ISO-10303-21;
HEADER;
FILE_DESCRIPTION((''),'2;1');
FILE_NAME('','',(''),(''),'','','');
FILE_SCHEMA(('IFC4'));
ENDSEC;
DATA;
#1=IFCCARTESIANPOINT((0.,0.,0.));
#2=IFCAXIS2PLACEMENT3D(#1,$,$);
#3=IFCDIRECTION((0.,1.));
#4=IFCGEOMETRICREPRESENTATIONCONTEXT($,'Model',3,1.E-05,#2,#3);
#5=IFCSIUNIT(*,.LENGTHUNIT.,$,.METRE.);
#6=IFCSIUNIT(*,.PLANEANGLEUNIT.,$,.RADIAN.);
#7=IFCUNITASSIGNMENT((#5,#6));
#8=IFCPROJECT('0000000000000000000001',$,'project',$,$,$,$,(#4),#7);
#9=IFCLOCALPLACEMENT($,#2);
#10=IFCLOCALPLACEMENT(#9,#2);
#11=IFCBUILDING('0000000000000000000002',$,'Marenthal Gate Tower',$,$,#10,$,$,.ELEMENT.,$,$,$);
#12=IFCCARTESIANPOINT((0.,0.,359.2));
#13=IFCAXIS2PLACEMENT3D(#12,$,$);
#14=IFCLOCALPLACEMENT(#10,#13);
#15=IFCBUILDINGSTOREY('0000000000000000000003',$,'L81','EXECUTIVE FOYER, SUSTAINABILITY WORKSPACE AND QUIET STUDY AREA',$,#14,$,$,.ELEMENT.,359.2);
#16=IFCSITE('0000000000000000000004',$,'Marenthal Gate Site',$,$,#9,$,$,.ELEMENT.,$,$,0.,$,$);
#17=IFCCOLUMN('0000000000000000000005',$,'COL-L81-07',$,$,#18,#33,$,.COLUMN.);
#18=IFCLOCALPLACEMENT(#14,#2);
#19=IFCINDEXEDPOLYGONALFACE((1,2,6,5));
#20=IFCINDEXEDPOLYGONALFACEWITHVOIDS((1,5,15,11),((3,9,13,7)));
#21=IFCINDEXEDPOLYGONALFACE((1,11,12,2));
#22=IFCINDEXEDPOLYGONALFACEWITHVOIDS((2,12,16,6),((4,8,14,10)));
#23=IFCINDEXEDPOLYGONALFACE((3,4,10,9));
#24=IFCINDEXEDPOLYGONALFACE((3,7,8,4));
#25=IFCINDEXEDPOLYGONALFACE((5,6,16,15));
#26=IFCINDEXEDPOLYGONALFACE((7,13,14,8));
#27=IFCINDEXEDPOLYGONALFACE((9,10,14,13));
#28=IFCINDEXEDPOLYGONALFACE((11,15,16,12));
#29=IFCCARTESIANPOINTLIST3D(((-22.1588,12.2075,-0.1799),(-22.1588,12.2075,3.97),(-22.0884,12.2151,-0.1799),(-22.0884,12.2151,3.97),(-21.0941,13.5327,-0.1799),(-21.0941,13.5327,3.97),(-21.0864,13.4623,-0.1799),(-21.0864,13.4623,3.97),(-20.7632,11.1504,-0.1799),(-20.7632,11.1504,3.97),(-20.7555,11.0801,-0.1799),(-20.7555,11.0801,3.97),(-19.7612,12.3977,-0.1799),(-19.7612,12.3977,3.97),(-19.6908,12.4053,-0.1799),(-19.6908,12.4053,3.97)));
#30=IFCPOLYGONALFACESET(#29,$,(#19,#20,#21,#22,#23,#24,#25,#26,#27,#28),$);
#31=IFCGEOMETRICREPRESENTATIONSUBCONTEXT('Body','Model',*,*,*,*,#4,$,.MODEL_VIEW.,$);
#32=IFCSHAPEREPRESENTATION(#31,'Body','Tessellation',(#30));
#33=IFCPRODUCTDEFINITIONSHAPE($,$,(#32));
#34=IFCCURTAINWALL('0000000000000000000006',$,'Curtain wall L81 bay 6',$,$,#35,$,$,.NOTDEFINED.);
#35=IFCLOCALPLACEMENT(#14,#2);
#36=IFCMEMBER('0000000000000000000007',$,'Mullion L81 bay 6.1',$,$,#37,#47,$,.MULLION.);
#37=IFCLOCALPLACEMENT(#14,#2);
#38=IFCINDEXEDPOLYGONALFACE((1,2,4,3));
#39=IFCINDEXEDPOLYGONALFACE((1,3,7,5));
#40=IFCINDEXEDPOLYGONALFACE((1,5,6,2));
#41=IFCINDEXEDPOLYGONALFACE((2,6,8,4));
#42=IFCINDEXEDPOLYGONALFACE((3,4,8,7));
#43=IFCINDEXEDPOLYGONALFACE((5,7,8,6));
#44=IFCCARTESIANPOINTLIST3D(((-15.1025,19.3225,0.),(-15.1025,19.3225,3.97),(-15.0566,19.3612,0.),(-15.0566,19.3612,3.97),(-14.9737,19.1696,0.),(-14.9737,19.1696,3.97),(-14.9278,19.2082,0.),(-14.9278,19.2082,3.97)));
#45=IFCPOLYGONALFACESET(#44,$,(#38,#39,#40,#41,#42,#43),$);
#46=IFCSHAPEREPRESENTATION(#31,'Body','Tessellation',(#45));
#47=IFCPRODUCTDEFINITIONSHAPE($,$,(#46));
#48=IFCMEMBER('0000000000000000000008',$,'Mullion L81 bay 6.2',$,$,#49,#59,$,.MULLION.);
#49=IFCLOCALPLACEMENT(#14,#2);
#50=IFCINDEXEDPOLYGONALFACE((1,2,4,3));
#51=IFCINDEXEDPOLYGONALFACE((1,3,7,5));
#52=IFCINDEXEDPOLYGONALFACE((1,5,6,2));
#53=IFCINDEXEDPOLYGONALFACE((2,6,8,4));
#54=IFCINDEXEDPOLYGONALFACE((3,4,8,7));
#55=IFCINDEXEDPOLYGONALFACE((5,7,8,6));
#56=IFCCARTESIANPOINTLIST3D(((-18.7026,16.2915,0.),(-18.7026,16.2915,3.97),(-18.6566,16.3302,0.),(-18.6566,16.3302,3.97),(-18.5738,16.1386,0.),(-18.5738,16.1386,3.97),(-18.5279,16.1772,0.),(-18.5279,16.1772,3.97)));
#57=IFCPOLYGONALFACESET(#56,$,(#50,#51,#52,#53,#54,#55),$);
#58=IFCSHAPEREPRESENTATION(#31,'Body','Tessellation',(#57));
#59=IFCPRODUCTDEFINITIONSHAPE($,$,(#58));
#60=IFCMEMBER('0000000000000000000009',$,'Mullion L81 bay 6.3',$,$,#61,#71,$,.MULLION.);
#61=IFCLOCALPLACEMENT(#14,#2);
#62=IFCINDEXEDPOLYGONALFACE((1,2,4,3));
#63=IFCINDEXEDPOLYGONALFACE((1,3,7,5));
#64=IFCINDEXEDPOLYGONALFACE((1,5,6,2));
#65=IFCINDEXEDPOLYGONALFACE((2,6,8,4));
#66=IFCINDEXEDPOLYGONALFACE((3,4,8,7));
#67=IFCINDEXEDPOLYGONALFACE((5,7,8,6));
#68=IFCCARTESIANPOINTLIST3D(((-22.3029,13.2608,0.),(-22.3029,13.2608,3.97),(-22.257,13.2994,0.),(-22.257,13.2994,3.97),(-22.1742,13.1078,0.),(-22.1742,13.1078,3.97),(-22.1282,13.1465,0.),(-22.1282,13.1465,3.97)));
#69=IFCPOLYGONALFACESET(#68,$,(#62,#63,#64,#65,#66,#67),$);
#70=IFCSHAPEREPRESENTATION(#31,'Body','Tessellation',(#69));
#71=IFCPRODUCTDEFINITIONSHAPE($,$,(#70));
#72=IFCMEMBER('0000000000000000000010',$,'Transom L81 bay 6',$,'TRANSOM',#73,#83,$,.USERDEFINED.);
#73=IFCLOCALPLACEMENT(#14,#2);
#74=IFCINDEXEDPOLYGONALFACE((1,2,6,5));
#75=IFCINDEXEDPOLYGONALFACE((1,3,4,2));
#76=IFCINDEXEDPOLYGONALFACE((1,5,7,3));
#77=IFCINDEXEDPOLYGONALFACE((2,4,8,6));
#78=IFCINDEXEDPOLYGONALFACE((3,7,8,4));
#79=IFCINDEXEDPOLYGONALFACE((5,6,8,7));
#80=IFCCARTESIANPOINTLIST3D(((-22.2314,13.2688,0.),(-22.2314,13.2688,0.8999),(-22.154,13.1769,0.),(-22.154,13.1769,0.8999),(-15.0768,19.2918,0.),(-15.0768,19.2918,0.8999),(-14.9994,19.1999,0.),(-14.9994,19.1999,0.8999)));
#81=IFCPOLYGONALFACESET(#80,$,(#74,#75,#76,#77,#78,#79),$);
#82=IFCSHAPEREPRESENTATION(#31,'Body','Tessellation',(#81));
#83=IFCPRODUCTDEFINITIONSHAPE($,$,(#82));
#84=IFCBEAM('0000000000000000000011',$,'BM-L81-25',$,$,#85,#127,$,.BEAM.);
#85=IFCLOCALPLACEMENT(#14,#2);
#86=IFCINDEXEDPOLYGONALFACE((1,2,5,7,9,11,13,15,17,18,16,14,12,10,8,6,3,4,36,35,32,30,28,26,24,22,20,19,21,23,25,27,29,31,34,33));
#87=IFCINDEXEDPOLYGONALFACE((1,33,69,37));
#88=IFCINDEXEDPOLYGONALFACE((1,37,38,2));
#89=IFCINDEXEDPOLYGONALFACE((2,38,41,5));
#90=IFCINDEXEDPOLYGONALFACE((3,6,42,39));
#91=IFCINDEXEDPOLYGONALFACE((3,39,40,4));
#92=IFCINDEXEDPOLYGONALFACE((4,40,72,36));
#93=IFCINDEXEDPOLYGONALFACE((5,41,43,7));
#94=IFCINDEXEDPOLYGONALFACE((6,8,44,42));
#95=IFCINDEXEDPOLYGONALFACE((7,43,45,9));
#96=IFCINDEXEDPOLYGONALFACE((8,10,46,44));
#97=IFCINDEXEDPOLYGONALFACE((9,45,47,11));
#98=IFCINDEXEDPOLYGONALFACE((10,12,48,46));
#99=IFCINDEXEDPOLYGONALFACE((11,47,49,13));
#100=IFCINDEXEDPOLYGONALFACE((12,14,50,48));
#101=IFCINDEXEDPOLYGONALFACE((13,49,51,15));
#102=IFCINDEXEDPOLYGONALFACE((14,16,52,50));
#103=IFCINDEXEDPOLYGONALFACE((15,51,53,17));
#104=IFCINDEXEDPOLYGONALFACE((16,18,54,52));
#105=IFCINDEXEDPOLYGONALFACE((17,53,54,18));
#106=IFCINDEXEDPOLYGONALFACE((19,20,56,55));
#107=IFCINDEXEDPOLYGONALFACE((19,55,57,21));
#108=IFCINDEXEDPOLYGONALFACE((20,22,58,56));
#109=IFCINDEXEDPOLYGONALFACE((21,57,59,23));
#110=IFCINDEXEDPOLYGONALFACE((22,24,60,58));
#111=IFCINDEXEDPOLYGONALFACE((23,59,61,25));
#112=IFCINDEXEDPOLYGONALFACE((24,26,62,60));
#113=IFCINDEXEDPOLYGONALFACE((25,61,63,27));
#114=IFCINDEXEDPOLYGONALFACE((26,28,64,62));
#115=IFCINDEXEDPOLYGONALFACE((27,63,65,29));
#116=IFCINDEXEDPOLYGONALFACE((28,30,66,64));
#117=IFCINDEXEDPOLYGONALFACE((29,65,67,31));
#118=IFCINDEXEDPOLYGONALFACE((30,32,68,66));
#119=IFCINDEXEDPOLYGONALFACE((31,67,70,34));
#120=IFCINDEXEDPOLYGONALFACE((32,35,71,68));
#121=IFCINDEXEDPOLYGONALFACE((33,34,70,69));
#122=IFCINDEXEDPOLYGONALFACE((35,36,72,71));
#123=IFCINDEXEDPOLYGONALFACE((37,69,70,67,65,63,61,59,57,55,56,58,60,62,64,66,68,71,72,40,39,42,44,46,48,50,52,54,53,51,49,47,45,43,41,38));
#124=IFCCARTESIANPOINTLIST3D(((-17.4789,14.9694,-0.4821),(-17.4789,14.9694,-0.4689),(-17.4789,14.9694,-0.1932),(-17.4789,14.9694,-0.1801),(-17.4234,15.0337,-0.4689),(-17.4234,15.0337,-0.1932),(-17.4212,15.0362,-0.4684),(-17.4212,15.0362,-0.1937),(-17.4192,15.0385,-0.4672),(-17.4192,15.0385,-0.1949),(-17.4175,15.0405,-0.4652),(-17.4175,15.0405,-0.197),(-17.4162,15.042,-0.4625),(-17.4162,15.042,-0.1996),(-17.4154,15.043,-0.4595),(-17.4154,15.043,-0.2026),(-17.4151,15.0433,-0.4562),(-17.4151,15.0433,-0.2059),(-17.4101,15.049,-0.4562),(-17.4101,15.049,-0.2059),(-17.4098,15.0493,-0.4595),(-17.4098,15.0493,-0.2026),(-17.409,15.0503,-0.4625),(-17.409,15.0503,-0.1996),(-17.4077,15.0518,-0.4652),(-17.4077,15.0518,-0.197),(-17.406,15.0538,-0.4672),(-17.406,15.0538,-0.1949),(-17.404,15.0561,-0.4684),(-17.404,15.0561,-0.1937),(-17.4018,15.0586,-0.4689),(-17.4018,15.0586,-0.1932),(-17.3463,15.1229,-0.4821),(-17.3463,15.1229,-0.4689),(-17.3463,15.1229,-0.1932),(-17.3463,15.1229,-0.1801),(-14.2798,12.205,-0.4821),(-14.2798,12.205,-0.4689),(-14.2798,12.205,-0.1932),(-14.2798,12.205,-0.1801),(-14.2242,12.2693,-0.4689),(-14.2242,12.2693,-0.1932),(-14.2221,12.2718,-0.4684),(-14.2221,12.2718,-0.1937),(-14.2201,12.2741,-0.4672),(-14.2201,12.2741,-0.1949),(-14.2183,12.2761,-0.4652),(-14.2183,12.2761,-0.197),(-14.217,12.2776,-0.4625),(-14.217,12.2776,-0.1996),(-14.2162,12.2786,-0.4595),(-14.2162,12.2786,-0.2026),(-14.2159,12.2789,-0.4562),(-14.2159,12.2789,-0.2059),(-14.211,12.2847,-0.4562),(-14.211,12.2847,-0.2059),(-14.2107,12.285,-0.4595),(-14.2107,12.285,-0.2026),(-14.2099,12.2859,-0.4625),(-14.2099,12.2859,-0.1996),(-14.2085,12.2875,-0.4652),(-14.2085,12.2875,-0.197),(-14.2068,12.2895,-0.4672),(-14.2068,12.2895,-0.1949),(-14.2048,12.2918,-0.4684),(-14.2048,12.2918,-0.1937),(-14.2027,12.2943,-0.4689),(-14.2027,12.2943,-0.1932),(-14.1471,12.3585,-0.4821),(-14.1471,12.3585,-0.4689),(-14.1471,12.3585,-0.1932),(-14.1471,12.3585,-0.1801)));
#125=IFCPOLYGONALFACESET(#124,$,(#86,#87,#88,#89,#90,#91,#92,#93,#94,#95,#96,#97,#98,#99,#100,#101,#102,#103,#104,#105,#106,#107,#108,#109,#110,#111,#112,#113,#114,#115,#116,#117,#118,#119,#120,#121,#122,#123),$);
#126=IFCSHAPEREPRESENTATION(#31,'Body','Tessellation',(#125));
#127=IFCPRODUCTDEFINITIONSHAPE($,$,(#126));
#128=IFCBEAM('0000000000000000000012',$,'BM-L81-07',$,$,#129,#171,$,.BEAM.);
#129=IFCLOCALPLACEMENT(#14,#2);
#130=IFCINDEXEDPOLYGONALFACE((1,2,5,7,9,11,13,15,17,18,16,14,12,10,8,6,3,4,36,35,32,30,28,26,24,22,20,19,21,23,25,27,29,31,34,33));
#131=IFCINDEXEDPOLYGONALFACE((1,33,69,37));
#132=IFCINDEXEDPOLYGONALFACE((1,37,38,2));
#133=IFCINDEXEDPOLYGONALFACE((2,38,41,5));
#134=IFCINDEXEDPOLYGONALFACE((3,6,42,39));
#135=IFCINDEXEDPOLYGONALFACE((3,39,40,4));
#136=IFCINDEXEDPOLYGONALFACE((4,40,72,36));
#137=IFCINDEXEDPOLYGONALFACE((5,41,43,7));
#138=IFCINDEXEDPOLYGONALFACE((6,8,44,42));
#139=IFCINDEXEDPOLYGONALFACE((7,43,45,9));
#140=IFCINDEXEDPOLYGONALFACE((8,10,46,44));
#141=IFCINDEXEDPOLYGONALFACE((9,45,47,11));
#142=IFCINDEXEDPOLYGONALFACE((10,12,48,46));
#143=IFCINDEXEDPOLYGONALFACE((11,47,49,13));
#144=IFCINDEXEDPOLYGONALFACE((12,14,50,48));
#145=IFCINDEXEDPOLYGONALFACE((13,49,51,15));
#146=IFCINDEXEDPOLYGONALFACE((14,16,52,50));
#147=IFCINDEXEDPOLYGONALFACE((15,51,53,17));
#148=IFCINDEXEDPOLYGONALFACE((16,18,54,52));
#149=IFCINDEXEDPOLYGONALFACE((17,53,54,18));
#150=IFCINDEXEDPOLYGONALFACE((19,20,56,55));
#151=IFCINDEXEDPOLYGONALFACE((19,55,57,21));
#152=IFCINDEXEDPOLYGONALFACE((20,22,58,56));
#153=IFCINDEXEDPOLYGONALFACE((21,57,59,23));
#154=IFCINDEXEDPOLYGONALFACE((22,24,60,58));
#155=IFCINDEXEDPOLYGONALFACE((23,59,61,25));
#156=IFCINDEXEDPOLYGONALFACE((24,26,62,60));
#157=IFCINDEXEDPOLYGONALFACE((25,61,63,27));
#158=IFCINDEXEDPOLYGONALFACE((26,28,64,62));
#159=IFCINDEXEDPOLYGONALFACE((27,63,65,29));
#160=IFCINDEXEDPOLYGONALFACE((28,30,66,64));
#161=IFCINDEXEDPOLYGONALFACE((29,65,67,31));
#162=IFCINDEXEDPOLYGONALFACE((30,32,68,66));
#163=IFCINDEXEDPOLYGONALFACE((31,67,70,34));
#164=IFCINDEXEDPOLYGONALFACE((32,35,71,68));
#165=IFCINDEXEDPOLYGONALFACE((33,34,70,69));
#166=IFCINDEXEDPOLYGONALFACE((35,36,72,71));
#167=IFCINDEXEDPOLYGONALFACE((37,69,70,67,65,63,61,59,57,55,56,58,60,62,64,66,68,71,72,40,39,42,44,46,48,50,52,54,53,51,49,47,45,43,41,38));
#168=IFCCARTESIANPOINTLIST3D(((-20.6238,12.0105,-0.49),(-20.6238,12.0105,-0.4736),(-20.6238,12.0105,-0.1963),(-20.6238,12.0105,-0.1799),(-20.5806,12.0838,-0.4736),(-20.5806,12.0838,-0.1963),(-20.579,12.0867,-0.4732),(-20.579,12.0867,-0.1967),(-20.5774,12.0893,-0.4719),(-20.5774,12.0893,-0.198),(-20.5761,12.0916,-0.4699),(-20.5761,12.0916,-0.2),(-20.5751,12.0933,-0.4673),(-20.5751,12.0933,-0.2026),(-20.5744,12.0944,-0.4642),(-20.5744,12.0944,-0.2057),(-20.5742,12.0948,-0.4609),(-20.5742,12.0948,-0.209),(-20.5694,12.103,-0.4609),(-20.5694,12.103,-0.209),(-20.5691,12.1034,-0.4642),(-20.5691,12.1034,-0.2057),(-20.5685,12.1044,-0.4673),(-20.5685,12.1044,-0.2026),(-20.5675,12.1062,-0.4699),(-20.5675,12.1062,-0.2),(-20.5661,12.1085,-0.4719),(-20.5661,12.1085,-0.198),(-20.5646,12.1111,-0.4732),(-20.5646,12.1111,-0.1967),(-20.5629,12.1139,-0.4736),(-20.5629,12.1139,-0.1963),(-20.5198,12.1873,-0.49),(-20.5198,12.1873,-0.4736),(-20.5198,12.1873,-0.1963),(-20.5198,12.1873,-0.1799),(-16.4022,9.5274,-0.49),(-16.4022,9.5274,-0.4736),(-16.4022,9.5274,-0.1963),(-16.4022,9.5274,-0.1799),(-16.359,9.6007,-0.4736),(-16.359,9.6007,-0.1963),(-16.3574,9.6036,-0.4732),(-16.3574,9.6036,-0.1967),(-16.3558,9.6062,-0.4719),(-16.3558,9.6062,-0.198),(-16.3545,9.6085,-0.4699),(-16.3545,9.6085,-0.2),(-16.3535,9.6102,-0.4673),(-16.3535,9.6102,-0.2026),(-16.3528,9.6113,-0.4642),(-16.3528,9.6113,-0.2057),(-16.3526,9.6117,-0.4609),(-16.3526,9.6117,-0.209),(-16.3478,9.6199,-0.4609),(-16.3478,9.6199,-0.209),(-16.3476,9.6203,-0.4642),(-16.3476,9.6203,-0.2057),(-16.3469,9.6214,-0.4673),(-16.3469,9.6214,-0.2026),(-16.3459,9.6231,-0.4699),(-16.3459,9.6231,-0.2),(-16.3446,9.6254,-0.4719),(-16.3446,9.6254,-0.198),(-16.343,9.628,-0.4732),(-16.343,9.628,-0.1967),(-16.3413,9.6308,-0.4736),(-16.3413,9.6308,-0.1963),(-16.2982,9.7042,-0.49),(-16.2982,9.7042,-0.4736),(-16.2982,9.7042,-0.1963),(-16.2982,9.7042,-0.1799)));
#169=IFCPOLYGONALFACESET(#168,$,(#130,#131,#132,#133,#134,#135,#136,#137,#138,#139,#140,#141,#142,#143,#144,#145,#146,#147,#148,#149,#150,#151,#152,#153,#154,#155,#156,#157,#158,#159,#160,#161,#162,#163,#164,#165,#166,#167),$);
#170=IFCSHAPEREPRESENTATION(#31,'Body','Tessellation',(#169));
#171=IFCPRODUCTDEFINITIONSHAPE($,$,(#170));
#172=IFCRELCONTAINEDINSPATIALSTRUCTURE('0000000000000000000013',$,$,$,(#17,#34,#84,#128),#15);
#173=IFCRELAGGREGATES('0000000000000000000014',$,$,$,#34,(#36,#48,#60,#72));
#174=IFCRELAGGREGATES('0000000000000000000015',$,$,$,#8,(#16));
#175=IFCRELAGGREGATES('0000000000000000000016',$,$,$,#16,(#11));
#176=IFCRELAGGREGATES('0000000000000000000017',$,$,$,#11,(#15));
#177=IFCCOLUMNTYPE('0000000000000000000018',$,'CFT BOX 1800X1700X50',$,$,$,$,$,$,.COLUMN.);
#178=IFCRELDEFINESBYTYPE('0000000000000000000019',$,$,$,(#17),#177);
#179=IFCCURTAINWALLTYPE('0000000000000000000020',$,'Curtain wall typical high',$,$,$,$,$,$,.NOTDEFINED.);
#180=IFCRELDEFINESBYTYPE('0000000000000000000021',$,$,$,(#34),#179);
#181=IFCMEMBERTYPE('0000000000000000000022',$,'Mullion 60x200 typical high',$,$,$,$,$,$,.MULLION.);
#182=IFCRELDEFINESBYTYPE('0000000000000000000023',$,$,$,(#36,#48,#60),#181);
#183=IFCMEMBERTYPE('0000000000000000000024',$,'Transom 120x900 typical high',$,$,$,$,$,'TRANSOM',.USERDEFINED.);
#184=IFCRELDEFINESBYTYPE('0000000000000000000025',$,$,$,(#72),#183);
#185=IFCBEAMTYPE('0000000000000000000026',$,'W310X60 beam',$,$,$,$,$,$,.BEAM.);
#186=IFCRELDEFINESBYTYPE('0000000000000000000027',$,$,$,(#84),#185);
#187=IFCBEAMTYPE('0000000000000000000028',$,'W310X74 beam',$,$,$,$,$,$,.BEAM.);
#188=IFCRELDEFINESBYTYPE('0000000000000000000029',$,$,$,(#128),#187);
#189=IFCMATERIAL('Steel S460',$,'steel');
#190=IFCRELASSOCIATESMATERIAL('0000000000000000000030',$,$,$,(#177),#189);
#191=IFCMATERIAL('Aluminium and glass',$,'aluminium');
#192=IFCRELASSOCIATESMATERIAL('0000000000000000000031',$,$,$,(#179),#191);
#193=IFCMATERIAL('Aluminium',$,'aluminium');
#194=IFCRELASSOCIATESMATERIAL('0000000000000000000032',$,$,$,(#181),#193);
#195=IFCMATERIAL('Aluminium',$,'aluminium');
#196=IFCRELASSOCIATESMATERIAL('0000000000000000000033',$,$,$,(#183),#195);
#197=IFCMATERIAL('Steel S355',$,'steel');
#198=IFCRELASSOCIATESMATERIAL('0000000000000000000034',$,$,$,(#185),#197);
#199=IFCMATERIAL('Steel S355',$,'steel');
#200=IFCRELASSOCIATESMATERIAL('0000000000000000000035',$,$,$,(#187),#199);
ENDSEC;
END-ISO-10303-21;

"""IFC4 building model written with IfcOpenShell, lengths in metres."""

from ifc_helpers import new_model, si_unit, direction, frame, origin, origin_2d, place, context, subcontext, project, spatial, rectangle, hollow_rectangle, i_section, extrude, material, material_profile, profile_set, type_object, element, aggregate, save


model = new_model("IFC4")

# Units and contexts
model_context = context("Model", 3, precision=1e-05, world=origin(), true_north=direction((0.0, 1.0)))
body_context = subcontext(model_context, "Body", "Model", "MODEL_VIEW")
ifc_project = project(units=[si_unit("LENGTHUNIT", "METRE"), si_unit("PLANEANGLEUNIT", "RADIAN")], contexts=[model_context])

# Site, building, storey
site_placement = place(None, origin())
site = spatial("IfcSite", under=ifc_project, at=site_placement, Name="Marenthal Gate Site", CompositionType="ELEMENT", RefElevation=0.0)
building_placement = place(site_placement, origin())
building = spatial("IfcBuilding", under=site, at=building_placement, Name="Marenthal Gate Tower", CompositionType="ELEMENT")
storey_placement = place(building_placement, frame((0.0, 0.0, 359.2)))
storey = spatial("IfcBuildingStorey", under=building, at=storey_placement, Name="L81", Description="EXECUTIVE FOYER, SUSTAINABILITY WORKSPACE AND QUIET STUDY AREA", CompositionType="ELEMENT", Elevation=359.2)

# Column
ifc_material_1 = material(Name="Steel S460", Category="steel")
ifc_material_profile_1 = material_profile(ifc_material_1, hollow_rectangle(XDim=1.7, YDim=1.8, WallThickness=0.05, at=origin_2d()), Name="CFT BOX 1800X1700X50")
ifc_material_2 = material(Name="Concrete 70 MPa", Category="concrete")
ifc_material_profile_2 = material_profile(ifc_material_2, rectangle(XDim=1.6001, YDim=1.7, at=origin_2d()), Name="CFT BOX 1800X1700X50 INFILL")
ifc_profile_set_1 = profile_set([ifc_material_profile_1, ifc_material_profile_2], Name="Steel S460 shell, Concrete 70 MPa infill")
column_type = type_object("IfcColumnType", Name="CFT BOX 1800X1700X50", PredefinedType="COLUMN", material=ifc_profile_set_1)
column_placement = place(storey_placement, frame((-20.9248, 12.3064, -0.1799), z_axis=(0.0, 0.0, 1.0), x_axis=(0.626296, 0.779585, 0.0)))
element("IfcColumn", 1, at=column_placement, inside=storey, type_object=column_type, Name="COL-L81-07", PredefinedType="COLUMN", context=body_context, shape_type="SweptSolid", body=[
    extrude(hollow_rectangle(XDim=1.7, YDim=1.8, WallThickness=0.05, at=origin_2d()), origin(), (0.0, 0.0, 1.0), 4.1499),
])

# Curtain wall, members
ifc_material_3 = material(Name="Aluminium and glass", Category="aluminium")
curtain_wall_type = type_object("IfcCurtainWallType", Name="Curtain wall typical high", PredefinedType="NOTDEFINED", material=ifc_material_3)
curtain_wall_placement = place(storey_placement, origin())
curtain_wall = element("IfcCurtainWall", 2, at=curtain_wall_placement, inside=storey, type_object=curtain_wall_type, Name="Curtain wall L81 bay 6", PredefinedType="NOTDEFINED")
ifc_material_4 = material(Name="Aluminium", Category="aluminium")
ifc_material_profile_3 = material_profile(ifc_material_4, rectangle(XDim=0.2, YDim=0.0601, at=origin_2d()), Name="60x200 aluminium mullion")
ifc_profile_set_2 = profile_set([ifc_material_profile_3], Name="Aluminium")
member_type_1 = type_object("IfcMemberType", Name="Mullion 60x200 typical high", PredefinedType="MULLION", material=ifc_profile_set_2)
member_1_placement = place(storey_placement, frame((-15.0151, 19.2654, 0.0), z_axis=(0.0, 0.0, 1.0), x_axis=(0.644023, -0.765006, 0.0)))
member_1 = element("IfcMember", 3, at=member_1_placement, type_object=member_type_1, Name="Mullion L81 bay 6.1", PredefinedType="MULLION", context=body_context, shape_type="SweptSolid", body=[
    extrude(rectangle(XDim=0.2, YDim=0.0601, at=origin_2d()), origin(), (0.0, 0.0, 1.0), 3.97),
])
member_2_placement = place(storey_placement, frame((-18.6152, 16.2344, 0.0), z_axis=(0.0, 0.0, 1.0), x_axis=(0.644023, -0.765006, 0.0)))
member_2 = element("IfcMember", 4, at=member_2_placement, type_object=member_type_1, Name="Mullion L81 bay 6.2", PredefinedType="MULLION", context=body_context, shape_type="SweptSolid", body=[
    extrude(rectangle(XDim=0.2, YDim=0.0601, at=origin_2d()), origin(), (0.0, 0.0, 1.0), 3.97),
])
member_3_placement = place(storey_placement, frame((-22.2156, 13.2036, 0.0), z_axis=(0.0, 0.0, 1.0), x_axis=(0.644023, -0.765006, 0.0)))
member_3 = element("IfcMember", 5, at=member_3_placement, type_object=member_type_1, Name="Mullion L81 bay 6.3", PredefinedType="MULLION", context=body_context, shape_type="SweptSolid", body=[
    extrude(rectangle(XDim=0.2, YDim=0.0601, at=origin_2d()), origin(), (0.0, 0.0, 1.0), 3.97),
])
ifc_material_5 = material(Name="Aluminium", Category="aluminium")
ifc_material_profile_4 = material_profile(ifc_material_5, rectangle(XDim=0.1201, YDim=0.8999, at=origin_2d()), Name="120x900 aluminium transom")
ifc_profile_set_3 = profile_set([ifc_material_profile_4], Name="Aluminium")
member_type_2 = type_object("IfcMemberType", Name="Transom 120x900 typical high", ElementType="TRANSOM", PredefinedType="USERDEFINED", material=ifc_profile_set_3)
member_4_placement = place(storey_placement, frame((-15.0381, 19.2458, 0.45), z_axis=(-0.765013, -0.644015, 0.0), x_axis=(0.644015, -0.765013, 0.0)))
member_4 = element("IfcMember", 6, at=member_4_placement, type_object=member_type_2, Name="Transom L81 bay 6", ObjectType="TRANSOM", PredefinedType="USERDEFINED", context=body_context, shape_type="SweptSolid", body=[
    extrude(rectangle(XDim=0.1201, YDim=0.8999, at=origin_2d()), origin(), (0.0, 0.0, 1.0), 9.3523),
])

# Beams
ifc_material_6 = material(Name="Steel S355", Category="steel")
ifc_material_profile_5 = material_profile(ifc_material_6, i_section(OverallWidth=0.2029, OverallDepth=0.302, WebThickness=0.0076, FlangeThickness=0.0132, FilletRadius=0.0127, at=origin_2d()), Name="W310X60")
ifc_profile_set_4 = profile_set([ifc_material_profile_5], Name="Steel S355")
beam_type_1 = type_object("IfcBeamType", Name="W310X60 beam", PredefinedType="BEAM", material=ifc_profile_set_4)
beam_1_placement = place(storey_placement, frame((-17.4126, 15.0461, -0.3311), z_axis=(0.756654, -0.653815, 0.0), x_axis=(0.653815, 0.756654, 0.0)))
element("IfcBeam", 7, at=beam_1_placement, inside=storey, type_object=beam_type_1, Name="BM-L81-25", PredefinedType="BEAM", context=body_context, shape_type="SweptSolid", body=[
    extrude(i_section(OverallWidth=0.2029, OverallDepth=0.302, WebThickness=0.0076, FlangeThickness=0.0132, FilletRadius=0.0127, at=origin_2d()), origin(), (0.0, 0.0, 1.0), 4.228),
])
ifc_material_7 = material(Name="Steel S355", Category="steel")
ifc_material_profile_6 = material_profile(ifc_material_7, i_section(OverallWidth=0.2051, OverallDepth=0.3101, WebThickness=0.0095, FlangeThickness=0.0164, FilletRadius=0.0127, at=origin_2d()), Name="W310X74")
ifc_profile_set_5 = profile_set([ifc_material_profile_6], Name="Steel S355")
beam_type_2 = type_object("IfcBeamType", Name="W310X74 beam", PredefinedType="BEAM", material=ifc_profile_set_5)
beam_2_placement = place(storey_placement, frame((-20.5718, 12.0989, -0.335), z_axis=(0.861951, -0.506992, 0.0), x_axis=(0.506992, 0.861951, 0.0)))
element("IfcBeam", 8, at=beam_2_placement, inside=storey, type_object=beam_type_2, Name="BM-L81-07", PredefinedType="BEAM", context=body_context, shape_type="SweptSolid", body=[
    extrude(i_section(OverallWidth=0.2051, OverallDepth=0.3101, WebThickness=0.0095, FlangeThickness=0.0164, FilletRadius=0.0127, at=origin_2d()), origin(), (0.0, 0.0, 1.0), 4.8977),
])

aggregate(curtain_wall, [member_1, member_2, member_3, member_4])

save(model, "model.ifc")
